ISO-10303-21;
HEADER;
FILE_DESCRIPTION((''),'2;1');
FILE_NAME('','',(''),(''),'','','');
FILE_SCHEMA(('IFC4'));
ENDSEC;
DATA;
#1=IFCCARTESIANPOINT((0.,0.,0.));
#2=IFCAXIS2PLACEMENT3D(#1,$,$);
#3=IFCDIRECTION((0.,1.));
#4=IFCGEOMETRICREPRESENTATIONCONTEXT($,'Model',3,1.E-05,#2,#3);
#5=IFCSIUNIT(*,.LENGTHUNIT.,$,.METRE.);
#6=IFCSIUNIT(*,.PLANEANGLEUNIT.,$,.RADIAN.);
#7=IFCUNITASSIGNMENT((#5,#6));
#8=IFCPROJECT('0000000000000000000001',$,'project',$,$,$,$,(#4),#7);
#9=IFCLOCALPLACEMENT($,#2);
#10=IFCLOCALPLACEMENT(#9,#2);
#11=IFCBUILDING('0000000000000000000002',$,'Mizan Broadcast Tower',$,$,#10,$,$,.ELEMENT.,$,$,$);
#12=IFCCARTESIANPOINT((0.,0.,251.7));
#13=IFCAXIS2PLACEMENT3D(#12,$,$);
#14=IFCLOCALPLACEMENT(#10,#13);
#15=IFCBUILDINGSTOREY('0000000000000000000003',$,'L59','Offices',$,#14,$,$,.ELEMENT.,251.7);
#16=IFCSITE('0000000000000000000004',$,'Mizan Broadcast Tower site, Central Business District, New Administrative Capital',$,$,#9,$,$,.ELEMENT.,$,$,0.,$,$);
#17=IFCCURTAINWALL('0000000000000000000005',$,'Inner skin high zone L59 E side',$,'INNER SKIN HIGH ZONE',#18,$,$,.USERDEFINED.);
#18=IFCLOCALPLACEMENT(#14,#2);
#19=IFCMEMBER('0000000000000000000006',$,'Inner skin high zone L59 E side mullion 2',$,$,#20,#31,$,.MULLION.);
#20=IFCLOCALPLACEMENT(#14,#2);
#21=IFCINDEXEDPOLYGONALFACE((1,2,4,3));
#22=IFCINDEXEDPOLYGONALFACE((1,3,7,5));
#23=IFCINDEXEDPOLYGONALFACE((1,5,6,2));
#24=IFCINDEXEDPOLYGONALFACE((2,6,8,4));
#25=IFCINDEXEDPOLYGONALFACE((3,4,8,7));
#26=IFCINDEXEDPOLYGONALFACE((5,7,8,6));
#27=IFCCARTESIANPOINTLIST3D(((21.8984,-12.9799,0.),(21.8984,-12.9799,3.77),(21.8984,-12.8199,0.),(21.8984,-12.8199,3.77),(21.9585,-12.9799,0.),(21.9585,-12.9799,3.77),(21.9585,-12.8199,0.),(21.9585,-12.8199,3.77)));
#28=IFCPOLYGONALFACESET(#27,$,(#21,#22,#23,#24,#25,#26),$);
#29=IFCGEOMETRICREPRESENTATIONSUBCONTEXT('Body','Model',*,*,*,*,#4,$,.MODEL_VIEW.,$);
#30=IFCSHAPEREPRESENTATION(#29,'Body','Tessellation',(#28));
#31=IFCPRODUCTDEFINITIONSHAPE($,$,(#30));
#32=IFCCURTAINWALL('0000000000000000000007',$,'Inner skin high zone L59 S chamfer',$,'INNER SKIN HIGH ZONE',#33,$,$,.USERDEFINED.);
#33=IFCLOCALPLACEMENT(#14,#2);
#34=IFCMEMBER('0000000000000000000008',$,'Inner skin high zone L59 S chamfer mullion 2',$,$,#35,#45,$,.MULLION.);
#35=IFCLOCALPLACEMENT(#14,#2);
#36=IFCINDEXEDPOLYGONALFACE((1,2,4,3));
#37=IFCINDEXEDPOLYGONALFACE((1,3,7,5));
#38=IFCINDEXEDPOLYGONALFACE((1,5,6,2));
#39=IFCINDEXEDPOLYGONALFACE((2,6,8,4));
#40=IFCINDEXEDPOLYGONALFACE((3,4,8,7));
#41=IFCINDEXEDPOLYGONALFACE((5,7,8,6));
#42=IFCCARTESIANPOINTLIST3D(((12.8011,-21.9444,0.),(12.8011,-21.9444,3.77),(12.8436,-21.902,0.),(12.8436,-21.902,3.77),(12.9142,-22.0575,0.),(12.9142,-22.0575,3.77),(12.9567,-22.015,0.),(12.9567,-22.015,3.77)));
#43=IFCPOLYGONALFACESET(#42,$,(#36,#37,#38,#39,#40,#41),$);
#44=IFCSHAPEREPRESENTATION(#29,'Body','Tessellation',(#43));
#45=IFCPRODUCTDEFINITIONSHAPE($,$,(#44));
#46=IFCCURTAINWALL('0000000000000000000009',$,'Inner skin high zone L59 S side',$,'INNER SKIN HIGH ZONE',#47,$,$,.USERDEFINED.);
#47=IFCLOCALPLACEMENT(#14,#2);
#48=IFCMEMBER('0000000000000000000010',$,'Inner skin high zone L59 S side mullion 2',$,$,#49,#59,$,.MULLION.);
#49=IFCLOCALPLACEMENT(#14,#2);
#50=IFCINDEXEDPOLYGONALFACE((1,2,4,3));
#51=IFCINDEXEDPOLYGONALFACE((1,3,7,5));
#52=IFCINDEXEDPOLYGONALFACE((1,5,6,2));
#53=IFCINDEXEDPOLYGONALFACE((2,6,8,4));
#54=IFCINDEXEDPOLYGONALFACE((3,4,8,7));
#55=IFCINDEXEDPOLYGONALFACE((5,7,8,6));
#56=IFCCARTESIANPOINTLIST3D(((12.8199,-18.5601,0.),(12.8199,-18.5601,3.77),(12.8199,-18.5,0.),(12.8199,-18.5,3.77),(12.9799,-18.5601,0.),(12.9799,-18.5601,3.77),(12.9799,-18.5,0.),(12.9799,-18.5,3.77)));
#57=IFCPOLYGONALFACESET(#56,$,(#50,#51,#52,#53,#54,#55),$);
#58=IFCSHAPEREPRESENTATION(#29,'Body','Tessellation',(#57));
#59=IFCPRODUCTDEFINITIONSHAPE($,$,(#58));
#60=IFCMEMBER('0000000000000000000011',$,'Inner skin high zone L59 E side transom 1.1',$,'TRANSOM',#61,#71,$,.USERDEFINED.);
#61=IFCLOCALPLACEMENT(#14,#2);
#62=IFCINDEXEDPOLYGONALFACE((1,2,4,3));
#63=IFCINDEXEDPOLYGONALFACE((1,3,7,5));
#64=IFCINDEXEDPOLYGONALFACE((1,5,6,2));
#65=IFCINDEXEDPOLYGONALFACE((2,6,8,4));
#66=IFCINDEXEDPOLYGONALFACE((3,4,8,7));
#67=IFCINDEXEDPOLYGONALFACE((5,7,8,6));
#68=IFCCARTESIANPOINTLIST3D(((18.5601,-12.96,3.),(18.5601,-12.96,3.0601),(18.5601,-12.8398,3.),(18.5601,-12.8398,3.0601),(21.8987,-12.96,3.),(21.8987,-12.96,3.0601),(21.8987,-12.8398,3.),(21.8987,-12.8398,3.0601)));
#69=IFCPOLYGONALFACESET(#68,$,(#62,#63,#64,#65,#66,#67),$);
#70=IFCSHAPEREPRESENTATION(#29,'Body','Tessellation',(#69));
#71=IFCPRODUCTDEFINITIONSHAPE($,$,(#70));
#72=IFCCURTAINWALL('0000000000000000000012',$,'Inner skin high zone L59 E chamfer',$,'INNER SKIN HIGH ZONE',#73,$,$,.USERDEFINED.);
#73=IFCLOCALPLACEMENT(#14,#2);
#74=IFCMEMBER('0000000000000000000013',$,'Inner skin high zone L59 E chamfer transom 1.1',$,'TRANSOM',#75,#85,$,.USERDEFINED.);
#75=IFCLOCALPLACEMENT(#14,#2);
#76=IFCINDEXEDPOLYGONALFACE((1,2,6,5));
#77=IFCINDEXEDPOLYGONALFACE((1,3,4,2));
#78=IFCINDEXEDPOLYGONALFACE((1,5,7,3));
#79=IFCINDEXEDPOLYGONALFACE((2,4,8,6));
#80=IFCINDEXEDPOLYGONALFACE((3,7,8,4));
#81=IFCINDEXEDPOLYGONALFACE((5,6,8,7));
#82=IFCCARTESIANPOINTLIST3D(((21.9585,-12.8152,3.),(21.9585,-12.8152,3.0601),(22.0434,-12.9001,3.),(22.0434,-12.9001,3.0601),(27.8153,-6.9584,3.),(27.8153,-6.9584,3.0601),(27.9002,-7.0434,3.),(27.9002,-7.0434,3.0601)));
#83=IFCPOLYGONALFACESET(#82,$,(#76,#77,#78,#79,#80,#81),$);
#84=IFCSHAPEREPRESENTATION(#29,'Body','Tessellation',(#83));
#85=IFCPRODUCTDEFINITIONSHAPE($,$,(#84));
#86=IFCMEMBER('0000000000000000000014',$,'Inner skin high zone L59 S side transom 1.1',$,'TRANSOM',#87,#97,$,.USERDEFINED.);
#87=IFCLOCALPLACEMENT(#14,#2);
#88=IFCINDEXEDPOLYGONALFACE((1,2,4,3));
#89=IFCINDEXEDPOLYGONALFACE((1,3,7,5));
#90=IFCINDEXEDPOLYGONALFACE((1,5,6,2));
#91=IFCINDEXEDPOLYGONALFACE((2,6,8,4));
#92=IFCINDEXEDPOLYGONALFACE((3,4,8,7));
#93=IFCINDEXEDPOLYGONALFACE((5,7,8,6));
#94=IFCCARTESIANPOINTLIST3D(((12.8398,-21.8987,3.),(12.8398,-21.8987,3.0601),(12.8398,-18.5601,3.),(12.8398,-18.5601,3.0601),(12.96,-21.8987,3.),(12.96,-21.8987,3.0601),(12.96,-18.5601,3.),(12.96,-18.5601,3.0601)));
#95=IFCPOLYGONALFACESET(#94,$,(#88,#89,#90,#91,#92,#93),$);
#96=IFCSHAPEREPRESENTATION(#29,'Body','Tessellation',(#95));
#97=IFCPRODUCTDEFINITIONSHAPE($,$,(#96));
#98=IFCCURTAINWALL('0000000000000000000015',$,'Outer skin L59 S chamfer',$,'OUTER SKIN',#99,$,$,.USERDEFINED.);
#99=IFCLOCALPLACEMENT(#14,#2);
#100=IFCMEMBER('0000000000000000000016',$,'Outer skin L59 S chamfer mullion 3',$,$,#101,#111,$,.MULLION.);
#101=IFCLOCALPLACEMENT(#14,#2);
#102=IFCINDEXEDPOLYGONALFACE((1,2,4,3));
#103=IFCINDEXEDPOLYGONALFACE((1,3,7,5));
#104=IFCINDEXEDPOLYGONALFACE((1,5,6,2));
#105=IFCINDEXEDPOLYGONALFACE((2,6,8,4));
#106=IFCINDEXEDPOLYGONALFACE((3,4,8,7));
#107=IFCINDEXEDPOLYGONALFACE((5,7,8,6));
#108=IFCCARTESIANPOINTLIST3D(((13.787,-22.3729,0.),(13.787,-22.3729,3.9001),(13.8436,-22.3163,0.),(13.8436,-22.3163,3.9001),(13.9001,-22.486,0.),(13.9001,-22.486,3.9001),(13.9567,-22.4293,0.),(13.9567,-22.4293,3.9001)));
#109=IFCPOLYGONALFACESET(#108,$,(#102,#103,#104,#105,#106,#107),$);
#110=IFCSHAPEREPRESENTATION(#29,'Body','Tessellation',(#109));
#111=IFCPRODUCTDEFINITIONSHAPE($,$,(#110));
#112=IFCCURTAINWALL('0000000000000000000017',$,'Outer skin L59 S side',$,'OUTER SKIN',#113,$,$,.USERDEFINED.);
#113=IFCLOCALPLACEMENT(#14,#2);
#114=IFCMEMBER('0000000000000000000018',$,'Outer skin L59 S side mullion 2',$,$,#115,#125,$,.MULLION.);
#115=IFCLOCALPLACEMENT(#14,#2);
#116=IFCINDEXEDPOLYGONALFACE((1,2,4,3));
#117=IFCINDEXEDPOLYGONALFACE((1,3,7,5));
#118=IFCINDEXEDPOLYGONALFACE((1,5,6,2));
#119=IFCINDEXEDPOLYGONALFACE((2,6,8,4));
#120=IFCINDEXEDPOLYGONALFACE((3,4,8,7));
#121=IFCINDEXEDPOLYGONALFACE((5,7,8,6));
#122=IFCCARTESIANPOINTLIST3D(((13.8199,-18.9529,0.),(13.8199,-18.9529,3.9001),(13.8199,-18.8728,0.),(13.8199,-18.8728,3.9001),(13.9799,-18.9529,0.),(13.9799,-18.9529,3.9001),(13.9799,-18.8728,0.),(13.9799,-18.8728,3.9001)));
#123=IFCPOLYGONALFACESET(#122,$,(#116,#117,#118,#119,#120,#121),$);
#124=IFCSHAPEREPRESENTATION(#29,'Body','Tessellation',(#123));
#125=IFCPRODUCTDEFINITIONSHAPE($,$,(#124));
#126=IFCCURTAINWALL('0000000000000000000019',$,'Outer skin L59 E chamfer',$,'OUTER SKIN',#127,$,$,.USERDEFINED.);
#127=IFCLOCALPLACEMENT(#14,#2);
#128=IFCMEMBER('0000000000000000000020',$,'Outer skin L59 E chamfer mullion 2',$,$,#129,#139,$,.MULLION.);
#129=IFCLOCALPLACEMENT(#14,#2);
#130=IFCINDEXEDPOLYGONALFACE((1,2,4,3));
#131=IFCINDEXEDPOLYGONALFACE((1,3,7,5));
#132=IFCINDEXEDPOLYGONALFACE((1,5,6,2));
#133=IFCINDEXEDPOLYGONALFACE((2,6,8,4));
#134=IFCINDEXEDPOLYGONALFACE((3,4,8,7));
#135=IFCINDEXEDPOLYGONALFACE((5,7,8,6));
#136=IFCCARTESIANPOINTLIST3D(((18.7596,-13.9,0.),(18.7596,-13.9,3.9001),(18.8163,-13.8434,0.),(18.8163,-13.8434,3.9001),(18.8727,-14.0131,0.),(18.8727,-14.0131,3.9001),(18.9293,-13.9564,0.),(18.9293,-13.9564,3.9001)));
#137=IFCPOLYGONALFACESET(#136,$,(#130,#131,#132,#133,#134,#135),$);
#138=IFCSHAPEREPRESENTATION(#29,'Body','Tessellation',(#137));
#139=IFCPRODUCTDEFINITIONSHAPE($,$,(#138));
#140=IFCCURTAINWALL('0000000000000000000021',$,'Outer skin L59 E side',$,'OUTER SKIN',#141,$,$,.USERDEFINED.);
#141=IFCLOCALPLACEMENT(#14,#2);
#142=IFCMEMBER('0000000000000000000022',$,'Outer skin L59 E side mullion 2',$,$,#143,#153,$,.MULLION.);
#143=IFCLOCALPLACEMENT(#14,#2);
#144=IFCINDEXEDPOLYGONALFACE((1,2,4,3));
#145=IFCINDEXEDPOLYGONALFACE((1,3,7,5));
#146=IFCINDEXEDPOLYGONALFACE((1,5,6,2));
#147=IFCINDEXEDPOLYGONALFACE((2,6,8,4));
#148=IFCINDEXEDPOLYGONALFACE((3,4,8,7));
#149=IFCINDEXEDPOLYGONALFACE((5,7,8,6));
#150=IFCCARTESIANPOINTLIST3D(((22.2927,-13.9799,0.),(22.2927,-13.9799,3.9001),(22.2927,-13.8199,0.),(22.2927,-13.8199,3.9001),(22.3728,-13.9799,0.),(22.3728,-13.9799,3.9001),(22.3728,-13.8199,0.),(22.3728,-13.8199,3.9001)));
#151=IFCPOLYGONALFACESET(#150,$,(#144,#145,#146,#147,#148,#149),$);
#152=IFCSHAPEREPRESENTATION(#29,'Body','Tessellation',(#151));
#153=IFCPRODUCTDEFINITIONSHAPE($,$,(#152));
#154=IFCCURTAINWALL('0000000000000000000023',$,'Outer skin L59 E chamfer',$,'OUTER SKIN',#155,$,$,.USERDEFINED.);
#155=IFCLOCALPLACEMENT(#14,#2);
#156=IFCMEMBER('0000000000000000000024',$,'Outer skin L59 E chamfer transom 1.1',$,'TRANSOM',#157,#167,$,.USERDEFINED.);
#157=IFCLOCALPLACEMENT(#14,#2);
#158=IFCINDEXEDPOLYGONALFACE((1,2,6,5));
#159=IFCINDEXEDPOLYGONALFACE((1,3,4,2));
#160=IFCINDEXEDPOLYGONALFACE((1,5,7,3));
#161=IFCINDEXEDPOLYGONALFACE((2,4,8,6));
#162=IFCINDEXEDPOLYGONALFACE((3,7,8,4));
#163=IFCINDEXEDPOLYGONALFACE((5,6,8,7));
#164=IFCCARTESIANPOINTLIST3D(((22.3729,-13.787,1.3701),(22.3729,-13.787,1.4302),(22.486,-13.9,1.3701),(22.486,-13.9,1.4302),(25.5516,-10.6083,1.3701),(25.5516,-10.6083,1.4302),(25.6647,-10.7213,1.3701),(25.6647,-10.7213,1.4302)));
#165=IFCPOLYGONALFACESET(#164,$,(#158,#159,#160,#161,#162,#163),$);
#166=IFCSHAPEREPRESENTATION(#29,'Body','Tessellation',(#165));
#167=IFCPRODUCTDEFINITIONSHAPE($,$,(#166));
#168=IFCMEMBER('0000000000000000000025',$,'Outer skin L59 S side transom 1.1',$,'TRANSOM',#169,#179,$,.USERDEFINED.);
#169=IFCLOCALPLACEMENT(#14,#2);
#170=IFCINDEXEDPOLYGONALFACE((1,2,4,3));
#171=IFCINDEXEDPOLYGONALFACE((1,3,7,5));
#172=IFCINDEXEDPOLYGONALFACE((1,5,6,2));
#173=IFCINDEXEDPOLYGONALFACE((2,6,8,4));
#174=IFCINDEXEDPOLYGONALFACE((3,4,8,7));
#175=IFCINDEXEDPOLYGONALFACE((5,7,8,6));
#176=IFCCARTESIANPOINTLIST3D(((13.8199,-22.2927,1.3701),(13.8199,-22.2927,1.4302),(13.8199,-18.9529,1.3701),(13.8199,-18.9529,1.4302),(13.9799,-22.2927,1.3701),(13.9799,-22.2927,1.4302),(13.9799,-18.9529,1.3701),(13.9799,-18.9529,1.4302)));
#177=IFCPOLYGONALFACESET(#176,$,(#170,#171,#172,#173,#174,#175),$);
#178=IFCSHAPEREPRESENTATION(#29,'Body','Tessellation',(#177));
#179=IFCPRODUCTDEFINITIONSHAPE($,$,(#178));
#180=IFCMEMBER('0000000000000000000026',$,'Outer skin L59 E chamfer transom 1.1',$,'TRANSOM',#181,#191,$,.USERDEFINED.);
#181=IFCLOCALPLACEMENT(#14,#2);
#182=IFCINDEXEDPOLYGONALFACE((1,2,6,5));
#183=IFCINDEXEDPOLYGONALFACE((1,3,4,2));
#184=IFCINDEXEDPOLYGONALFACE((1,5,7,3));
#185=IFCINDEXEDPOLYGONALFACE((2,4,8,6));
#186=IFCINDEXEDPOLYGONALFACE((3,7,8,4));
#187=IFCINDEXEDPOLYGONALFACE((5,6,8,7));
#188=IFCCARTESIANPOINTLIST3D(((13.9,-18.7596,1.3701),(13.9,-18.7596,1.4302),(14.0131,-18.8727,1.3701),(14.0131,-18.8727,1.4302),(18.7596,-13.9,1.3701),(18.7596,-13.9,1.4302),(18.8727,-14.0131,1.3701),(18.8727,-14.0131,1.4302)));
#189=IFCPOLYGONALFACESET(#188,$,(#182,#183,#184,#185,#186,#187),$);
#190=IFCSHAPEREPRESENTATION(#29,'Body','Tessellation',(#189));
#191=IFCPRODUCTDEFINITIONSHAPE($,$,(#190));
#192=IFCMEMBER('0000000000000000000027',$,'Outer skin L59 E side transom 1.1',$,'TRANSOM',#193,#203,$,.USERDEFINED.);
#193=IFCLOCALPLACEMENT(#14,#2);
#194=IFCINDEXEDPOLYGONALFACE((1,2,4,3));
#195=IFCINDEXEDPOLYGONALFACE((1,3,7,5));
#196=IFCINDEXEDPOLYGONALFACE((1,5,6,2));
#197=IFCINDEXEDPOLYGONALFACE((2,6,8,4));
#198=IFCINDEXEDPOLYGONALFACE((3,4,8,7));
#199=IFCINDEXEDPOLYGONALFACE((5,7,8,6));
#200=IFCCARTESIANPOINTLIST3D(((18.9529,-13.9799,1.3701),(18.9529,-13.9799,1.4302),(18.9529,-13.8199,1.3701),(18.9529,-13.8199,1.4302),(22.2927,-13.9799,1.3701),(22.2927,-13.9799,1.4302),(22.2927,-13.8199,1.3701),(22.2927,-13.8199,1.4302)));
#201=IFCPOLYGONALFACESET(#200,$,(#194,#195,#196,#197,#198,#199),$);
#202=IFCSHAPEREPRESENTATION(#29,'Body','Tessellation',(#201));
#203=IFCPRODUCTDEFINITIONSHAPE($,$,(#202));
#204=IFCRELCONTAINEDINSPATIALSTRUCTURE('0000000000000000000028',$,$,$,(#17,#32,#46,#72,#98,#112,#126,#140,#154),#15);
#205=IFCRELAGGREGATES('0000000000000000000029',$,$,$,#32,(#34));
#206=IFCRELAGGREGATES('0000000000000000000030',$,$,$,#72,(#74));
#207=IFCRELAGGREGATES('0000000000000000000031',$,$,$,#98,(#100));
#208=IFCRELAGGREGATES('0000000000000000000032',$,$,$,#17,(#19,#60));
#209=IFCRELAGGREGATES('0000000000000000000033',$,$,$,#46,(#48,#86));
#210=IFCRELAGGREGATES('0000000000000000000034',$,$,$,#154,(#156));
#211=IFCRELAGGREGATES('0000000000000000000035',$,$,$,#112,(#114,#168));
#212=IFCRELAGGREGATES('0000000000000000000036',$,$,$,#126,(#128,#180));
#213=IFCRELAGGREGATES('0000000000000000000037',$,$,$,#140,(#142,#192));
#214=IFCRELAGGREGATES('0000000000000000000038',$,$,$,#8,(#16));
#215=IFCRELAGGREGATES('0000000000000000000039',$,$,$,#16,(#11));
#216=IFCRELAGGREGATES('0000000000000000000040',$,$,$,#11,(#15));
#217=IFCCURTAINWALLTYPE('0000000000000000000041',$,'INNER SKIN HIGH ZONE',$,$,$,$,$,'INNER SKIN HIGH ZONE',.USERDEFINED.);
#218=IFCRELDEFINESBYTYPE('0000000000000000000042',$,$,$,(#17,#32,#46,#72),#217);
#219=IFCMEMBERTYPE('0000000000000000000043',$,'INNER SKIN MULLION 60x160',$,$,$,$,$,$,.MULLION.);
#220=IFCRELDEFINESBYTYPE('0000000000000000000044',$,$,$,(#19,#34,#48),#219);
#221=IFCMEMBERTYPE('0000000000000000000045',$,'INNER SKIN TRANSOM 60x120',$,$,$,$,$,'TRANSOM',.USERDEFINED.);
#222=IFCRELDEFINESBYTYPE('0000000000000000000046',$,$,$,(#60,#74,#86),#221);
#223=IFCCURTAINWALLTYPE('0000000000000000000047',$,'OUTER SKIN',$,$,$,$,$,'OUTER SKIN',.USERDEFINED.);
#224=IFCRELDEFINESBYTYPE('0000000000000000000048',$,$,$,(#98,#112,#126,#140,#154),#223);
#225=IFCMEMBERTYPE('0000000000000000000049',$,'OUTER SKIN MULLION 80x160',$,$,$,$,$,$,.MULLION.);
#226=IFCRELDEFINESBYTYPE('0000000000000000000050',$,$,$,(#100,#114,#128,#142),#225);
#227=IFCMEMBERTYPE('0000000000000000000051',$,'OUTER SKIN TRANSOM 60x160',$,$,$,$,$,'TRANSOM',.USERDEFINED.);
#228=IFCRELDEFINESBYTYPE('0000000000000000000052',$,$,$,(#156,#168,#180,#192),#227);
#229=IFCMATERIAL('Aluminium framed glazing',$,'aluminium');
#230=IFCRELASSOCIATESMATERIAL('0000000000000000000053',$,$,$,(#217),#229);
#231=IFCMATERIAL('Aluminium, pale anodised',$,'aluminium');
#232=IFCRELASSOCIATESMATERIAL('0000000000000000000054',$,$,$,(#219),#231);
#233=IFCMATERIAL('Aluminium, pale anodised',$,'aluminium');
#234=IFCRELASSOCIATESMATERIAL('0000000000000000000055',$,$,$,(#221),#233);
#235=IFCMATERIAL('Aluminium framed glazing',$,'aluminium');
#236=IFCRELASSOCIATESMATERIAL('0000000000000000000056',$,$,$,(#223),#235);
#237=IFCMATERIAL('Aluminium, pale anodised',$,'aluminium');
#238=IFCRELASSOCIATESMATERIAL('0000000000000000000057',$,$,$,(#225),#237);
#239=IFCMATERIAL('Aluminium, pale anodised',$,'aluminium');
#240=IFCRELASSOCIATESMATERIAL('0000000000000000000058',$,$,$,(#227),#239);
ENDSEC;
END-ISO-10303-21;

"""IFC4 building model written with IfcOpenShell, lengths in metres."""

from ifc_helpers import new_model, si_unit, direction, frame, origin, origin_2d, place, context, subcontext, project, spatial, rectangle, extrude, material, material_profile, profile_set, type_object, element, aggregate, save


model = new_model("IFC4")

# Units and contexts
model_context = context("Model", 3, precision=1e-05, world=origin(), true_north=direction((0.0, 1.0)))
body_context = subcontext(model_context, "Body", "Model", "MODEL_VIEW")
ifc_project = project(units=[si_unit("LENGTHUNIT", "METRE"), si_unit("PLANEANGLEUNIT", "RADIAN")], contexts=[model_context])

# Site, building, storey
site_placement = place(None, origin())
site = spatial("IfcSite", under=ifc_project, at=site_placement, Name="Mizan Broadcast Tower site, Central Business District, New Administrative Capital", CompositionType="ELEMENT", RefElevation=0.0)
building_placement = place(site_placement, origin())
building = spatial("IfcBuilding", under=site, at=building_placement, Name="Mizan Broadcast Tower", CompositionType="ELEMENT")
storey_placement = place(building_placement, frame((0.0, 0.0, 251.7)))
storey = spatial("IfcBuildingStorey", under=building, at=storey_placement, Name="L59", Description="Offices", CompositionType="ELEMENT", Elevation=251.7)

# Curtain walls, members
ifc_material_1 = material(Name="Aluminium framed glazing", Category="aluminium")
curtain_wall_type_1 = type_object("IfcCurtainWallType", Name="INNER SKIN HIGH ZONE", ElementType="INNER SKIN HIGH ZONE", PredefinedType="USERDEFINED", material=ifc_material_1)
curtain_wall_1_placement = place(storey_placement, origin())
curtain_wall_1 = element("IfcCurtainWall", 1, at=curtain_wall_1_placement, inside=storey, type_object=curtain_wall_type_1, Name="Inner skin high zone L59 E side", ObjectType="INNER SKIN HIGH ZONE", PredefinedType="USERDEFINED")
ifc_material_2 = material(Name="Aluminium, pale anodised", Category="aluminium")
ifc_material_profile_1 = material_profile(ifc_material_2, rectangle(XDim=0.1599, YDim=0.0601, at=origin_2d()), Name="MULLION 160x60")
ifc_profile_set_1 = profile_set([ifc_material_profile_1], Name="Aluminium, pale anodised")
member_type_1 = type_object("IfcMemberType", Name="INNER SKIN MULLION 60x160", PredefinedType="MULLION", material=ifc_profile_set_1)
member_1_placement = place(storey_placement, frame((21.9285, -12.8999, 0.0), z_axis=(0.0, 0.0, 1.0), x_axis=(0.0, 1.0, 0.0)))
member_1 = element("IfcMember", 2, at=member_1_placement, type_object=member_type_1, Name="Inner skin high zone L59 E side mullion 2", PredefinedType="MULLION", context=body_context, shape_type="SweptSolid", body=[
    extrude(rectangle(XDim=0.1599, YDim=0.0601, at=origin_2d()), origin(), (0.0, 0.0, 1.0), 3.77),
])
curtain_wall_2_placement = place(storey_placement, origin())
curtain_wall_2 = element("IfcCurtainWall", 3, at=curtain_wall_2_placement, inside=storey, type_object=curtain_wall_type_1, Name="Inner skin high zone L59 S chamfer", ObjectType="INNER SKIN HIGH ZONE", PredefinedType="USERDEFINED")
member_2_placement = place(storey_placement, frame((12.8789, -21.9797, 0.0), z_axis=(0.0, 0.0, 1.0), x_axis=(-0.707107, 0.707107, 0.0)))
member_2 = element("IfcMember", 4, at=member_2_placement, type_object=member_type_1, Name="Inner skin high zone L59 S chamfer mullion 2", PredefinedType="MULLION", context=body_context, shape_type="SweptSolid", body=[
    extrude(rectangle(XDim=0.1599, YDim=0.0601, at=origin_2d()), origin(), (0.0, 0.0, 1.0), 3.77),
])
aggregate(curtain_wall_2, [member_2])
curtain_wall_3_placement = place(storey_placement, origin())
curtain_wall_3 = element("IfcCurtainWall", 5, at=curtain_wall_3_placement, inside=storey, type_object=curtain_wall_type_1, Name="Inner skin high zone L59 S side", ObjectType="INNER SKIN HIGH ZONE", PredefinedType="USERDEFINED")
member_3_placement = place(storey_placement, frame((12.8999, -18.53, 0.0), z_axis=(0.0, 0.0, 1.0), x_axis=(-1.0, 0.0, 0.0)))
member_3 = element("IfcMember", 6, at=member_3_placement, type_object=member_type_1, Name="Inner skin high zone L59 S side mullion 2", PredefinedType="MULLION", context=body_context, shape_type="SweptSolid", body=[
    extrude(rectangle(XDim=0.1599, YDim=0.0601, at=origin_2d()), origin(), (0.0, 0.0, 1.0), 3.77),
])

# Member
ifc_material_3 = material(Name="Aluminium, pale anodised", Category="aluminium")
ifc_material_profile_2 = material_profile(ifc_material_3, rectangle(XDim=0.1201, YDim=0.0601, at=origin_2d()), Name="TRANSOM 120x60")
ifc_profile_set_2 = profile_set([ifc_material_profile_2], Name="Aluminium, pale anodised")
member_type_2 = type_object("IfcMemberType", Name="INNER SKIN TRANSOM 60x120", ElementType="TRANSOM", PredefinedType="USERDEFINED", material=ifc_profile_set_2)
member_4_placement = place(storey_placement, frame((18.5601, -12.8999, 3.03), z_axis=(1.0, 0.0, 0.0), x_axis=(0.0, 1.0, 0.0)))
member_4 = element("IfcMember", 7, at=member_4_placement, type_object=member_type_2, Name="Inner skin high zone L59 E side transom 1.1", ObjectType="TRANSOM", PredefinedType="USERDEFINED", context=body_context, shape_type="SweptSolid", body=[
    extrude(rectangle(XDim=0.1201, YDim=0.0601, at=origin_2d()), origin(), (0.0, 0.0, 1.0), 3.3386),
])

# Curtain wall, member
curtain_wall_4_placement = place(storey_placement, origin())
curtain_wall_4 = element("IfcCurtainWall", 8, at=curtain_wall_4_placement, inside=storey, type_object=curtain_wall_type_1, Name="Inner skin high zone L59 E chamfer", ObjectType="INNER SKIN HIGH ZONE", PredefinedType="USERDEFINED")
member_5_placement = place(storey_placement, frame((22.001, -12.8577, 3.03), z_axis=(0.707107, 0.707107, 0.0), x_axis=(-0.707107, 0.707107, 0.0)))
member_5 = element("IfcMember", 9, at=member_5_placement, type_object=member_type_2, Name="Inner skin high zone L59 E chamfer transom 1.1", ObjectType="TRANSOM", PredefinedType="USERDEFINED", context=body_context, shape_type="SweptSolid", body=[
    extrude(rectangle(XDim=0.1201, YDim=0.0601, at=origin_2d()), origin(), (0.0, 0.0, 1.0), 8.2827),
])
aggregate(curtain_wall_4, [member_5])

# Member
member_6_placement = place(storey_placement, frame((12.8999, -21.8987, 3.03), z_axis=(0.0, 1.0, 0.0), x_axis=(-1.0, 0.0, 0.0)))
member_6 = element("IfcMember", 10, at=member_6_placement, type_object=member_type_2, Name="Inner skin high zone L59 S side transom 1.1", ObjectType="TRANSOM", PredefinedType="USERDEFINED", context=body_context, shape_type="SweptSolid", body=[
    extrude(rectangle(XDim=0.1201, YDim=0.0601, at=origin_2d()), origin(), (0.0, 0.0, 1.0), 3.3386),
])

# Curtain walls, members
ifc_material_4 = material(Name="Aluminium framed glazing", Category="aluminium")
curtain_wall_type_2 = type_object("IfcCurtainWallType", Name="OUTER SKIN", ElementType="OUTER SKIN", PredefinedType="USERDEFINED", material=ifc_material_4)
curtain_wall_5_placement = place(storey_placement, origin())
curtain_wall_5 = element("IfcCurtainWall", 11, at=curtain_wall_5_placement, inside=storey, type_object=curtain_wall_type_2, Name="Outer skin L59 S chamfer", ObjectType="OUTER SKIN", PredefinedType="USERDEFINED")
ifc_material_5 = material(Name="Aluminium, pale anodised", Category="aluminium")
ifc_material_profile_3 = material_profile(ifc_material_5, rectangle(XDim=0.1599, YDim=0.0801, at=origin_2d()), Name="MULLION 160x80")
ifc_profile_set_3 = profile_set([ifc_material_profile_3], Name="Aluminium, pale anodised")
member_type_3 = type_object("IfcMemberType", Name="OUTER SKIN MULLION 80x160", PredefinedType="MULLION", material=ifc_profile_set_3)
member_7_placement = place(storey_placement, frame((13.8718, -22.4011, 0.0), z_axis=(0.0, 0.0, 1.0), x_axis=(-0.707107, 0.707107, 0.0)))
member_7 = element("IfcMember", 12, at=member_7_placement, type_object=member_type_3, Name="Outer skin L59 S chamfer mullion 3", PredefinedType="MULLION", context=body_context, shape_type="SweptSolid", body=[
    extrude(rectangle(XDim=0.1599, YDim=0.0801, at=origin_2d()), origin(), (0.0, 0.0, 1.0), 3.9001),
])
aggregate(curtain_wall_5, [member_7])
curtain_wall_6_placement = place(storey_placement, origin())
curtain_wall_6 = element("IfcCurtainWall", 13, at=curtain_wall_6_placement, inside=storey, type_object=curtain_wall_type_2, Name="Outer skin L59 S side", ObjectType="OUTER SKIN", PredefinedType="USERDEFINED")
member_8_placement = place(storey_placement, frame((13.8999, -18.9128, 0.0), z_axis=(0.0, 0.0, 1.0), x_axis=(-1.0, 0.0, 0.0)))
member_8 = element("IfcMember", 14, at=member_8_placement, type_object=member_type_3, Name="Outer skin L59 S side mullion 2", PredefinedType="MULLION", context=body_context, shape_type="SweptSolid", body=[
    extrude(rectangle(XDim=0.1599, YDim=0.0801, at=origin_2d()), origin(), (0.0, 0.0, 1.0), 3.9001),
])
curtain_wall_7_placement = place(storey_placement, origin())
curtain_wall_7 = element("IfcCurtainWall", 15, at=curtain_wall_7_placement, inside=storey, type_object=curtain_wall_type_2, Name="Outer skin L59 E chamfer", ObjectType="OUTER SKIN", PredefinedType="USERDEFINED")
member_9_placement = place(storey_placement, frame((18.8445, -13.9282, 0.0), z_axis=(0.0, 0.0, 1.0), x_axis=(-0.707107, 0.707107, 0.0)))
member_9 = element("IfcMember", 16, at=member_9_placement, type_object=member_type_3, Name="Outer skin L59 E chamfer mullion 2", PredefinedType="MULLION", context=body_context, shape_type="SweptSolid", body=[
    extrude(rectangle(XDim=0.1599, YDim=0.0801, at=origin_2d()), origin(), (0.0, 0.0, 1.0), 3.9001),
])
curtain_wall_8_placement = place(storey_placement, origin())
curtain_wall_8 = element("IfcCurtainWall", 17, at=curtain_wall_8_placement, inside=storey, type_object=curtain_wall_type_2, Name="Outer skin L59 E side", ObjectType="OUTER SKIN", PredefinedType="USERDEFINED")
member_10_placement = place(storey_placement, frame((22.3328, -13.8999, 0.0), z_axis=(0.0, 0.0, 1.0), x_axis=(0.0, 1.0, 0.0)))
member_10 = element("IfcMember", 18, at=member_10_placement, type_object=member_type_3, Name="Outer skin L59 E side mullion 2", PredefinedType="MULLION", context=body_context, shape_type="SweptSolid", body=[
    extrude(rectangle(XDim=0.1599, YDim=0.0801, at=origin_2d()), origin(), (0.0, 0.0, 1.0), 3.9001),
])
curtain_wall_9_placement = place(storey_placement, origin())
curtain_wall_9 = element("IfcCurtainWall", 19, at=curtain_wall_9_placement, inside=storey, type_object=curtain_wall_type_2, Name="Outer skin L59 E chamfer", ObjectType="OUTER SKIN", PredefinedType="USERDEFINED")
ifc_material_6 = material(Name="Aluminium, pale anodised", Category="aluminium")
ifc_material_profile_4 = material_profile(ifc_material_6, rectangle(XDim=0.1599, YDim=0.0601, at=origin_2d()), Name="TRANSOM 160x60")
ifc_profile_set_4 = profile_set([ifc_material_profile_4], Name="Aluminium, pale anodised")
member_type_4 = type_object("IfcMemberType", Name="OUTER SKIN TRANSOM 60x160", ElementType="TRANSOM", PredefinedType="USERDEFINED", material=ifc_profile_set_4)
member_11_placement = place(storey_placement, frame((22.4294, -13.8435, 1.4001), z_axis=(0.707107, 0.707107, 0.0), x_axis=(-0.707107, 0.707107, 0.0)))
member_11 = element("IfcMember", 20, at=member_11_placement, type_object=member_type_4, Name="Outer skin L59 E chamfer transom 1.1", ObjectType="TRANSOM", PredefinedType="USERDEFINED", context=body_context, shape_type="SweptSolid", body=[
    extrude(rectangle(XDim=0.1599, YDim=0.0601, at=origin_2d()), origin(), (0.0, 0.0, 1.0), 4.4954),
])

# Members
member_12_placement = place(storey_placement, frame((13.8999, -22.2927, 1.4001), z_axis=(0.0, 1.0, 0.0), x_axis=(-1.0, 0.0, 0.0)))
member_12 = element("IfcMember", 21, at=member_12_placement, type_object=member_type_4, Name="Outer skin L59 S side transom 1.1", ObjectType="TRANSOM", PredefinedType="USERDEFINED", context=body_context, shape_type="SweptSolid", body=[
    extrude(rectangle(XDim=0.1599, YDim=0.0601, at=origin_2d()), origin(), (0.0, 0.0, 1.0), 3.3398),
])
member_13_placement = place(storey_placement, frame((13.9565, -18.8162, 1.4001), z_axis=(0.707107, 0.707107, 0.0), x_axis=(-0.707107, 0.707107, 0.0)))
member_13 = element("IfcMember", 22, at=member_13_placement, type_object=member_type_4, Name="Outer skin L59 E chamfer transom 1.1", ObjectType="TRANSOM", PredefinedType="USERDEFINED", context=body_context, shape_type="SweptSolid", body=[
    extrude(rectangle(XDim=0.1599, YDim=0.0601, at=origin_2d()), origin(), (0.0, 0.0, 1.0), 6.8726),
])
member_14_placement = place(storey_placement, frame((18.9529, -13.8999, 1.4001), z_axis=(1.0, 0.0, 0.0), x_axis=(0.0, 1.0, 0.0)))
member_14 = element("IfcMember", 23, at=member_14_placement, type_object=member_type_4, Name="Outer skin L59 E side transom 1.1", ObjectType="TRANSOM", PredefinedType="USERDEFINED", context=body_context, shape_type="SweptSolid", body=[
    extrude(rectangle(XDim=0.1599, YDim=0.0601, at=origin_2d()), origin(), (0.0, 0.0, 1.0), 3.3398),
])

aggregate(curtain_wall_1, [member_1, member_4])
aggregate(curtain_wall_3, [member_3, member_6])
aggregate(curtain_wall_9, [member_11])
aggregate(curtain_wall_6, [member_8, member_12])
aggregate(curtain_wall_7, [member_9, member_13])
aggregate(curtain_wall_8, [member_10, member_14])

save(model, "model.ifc")
